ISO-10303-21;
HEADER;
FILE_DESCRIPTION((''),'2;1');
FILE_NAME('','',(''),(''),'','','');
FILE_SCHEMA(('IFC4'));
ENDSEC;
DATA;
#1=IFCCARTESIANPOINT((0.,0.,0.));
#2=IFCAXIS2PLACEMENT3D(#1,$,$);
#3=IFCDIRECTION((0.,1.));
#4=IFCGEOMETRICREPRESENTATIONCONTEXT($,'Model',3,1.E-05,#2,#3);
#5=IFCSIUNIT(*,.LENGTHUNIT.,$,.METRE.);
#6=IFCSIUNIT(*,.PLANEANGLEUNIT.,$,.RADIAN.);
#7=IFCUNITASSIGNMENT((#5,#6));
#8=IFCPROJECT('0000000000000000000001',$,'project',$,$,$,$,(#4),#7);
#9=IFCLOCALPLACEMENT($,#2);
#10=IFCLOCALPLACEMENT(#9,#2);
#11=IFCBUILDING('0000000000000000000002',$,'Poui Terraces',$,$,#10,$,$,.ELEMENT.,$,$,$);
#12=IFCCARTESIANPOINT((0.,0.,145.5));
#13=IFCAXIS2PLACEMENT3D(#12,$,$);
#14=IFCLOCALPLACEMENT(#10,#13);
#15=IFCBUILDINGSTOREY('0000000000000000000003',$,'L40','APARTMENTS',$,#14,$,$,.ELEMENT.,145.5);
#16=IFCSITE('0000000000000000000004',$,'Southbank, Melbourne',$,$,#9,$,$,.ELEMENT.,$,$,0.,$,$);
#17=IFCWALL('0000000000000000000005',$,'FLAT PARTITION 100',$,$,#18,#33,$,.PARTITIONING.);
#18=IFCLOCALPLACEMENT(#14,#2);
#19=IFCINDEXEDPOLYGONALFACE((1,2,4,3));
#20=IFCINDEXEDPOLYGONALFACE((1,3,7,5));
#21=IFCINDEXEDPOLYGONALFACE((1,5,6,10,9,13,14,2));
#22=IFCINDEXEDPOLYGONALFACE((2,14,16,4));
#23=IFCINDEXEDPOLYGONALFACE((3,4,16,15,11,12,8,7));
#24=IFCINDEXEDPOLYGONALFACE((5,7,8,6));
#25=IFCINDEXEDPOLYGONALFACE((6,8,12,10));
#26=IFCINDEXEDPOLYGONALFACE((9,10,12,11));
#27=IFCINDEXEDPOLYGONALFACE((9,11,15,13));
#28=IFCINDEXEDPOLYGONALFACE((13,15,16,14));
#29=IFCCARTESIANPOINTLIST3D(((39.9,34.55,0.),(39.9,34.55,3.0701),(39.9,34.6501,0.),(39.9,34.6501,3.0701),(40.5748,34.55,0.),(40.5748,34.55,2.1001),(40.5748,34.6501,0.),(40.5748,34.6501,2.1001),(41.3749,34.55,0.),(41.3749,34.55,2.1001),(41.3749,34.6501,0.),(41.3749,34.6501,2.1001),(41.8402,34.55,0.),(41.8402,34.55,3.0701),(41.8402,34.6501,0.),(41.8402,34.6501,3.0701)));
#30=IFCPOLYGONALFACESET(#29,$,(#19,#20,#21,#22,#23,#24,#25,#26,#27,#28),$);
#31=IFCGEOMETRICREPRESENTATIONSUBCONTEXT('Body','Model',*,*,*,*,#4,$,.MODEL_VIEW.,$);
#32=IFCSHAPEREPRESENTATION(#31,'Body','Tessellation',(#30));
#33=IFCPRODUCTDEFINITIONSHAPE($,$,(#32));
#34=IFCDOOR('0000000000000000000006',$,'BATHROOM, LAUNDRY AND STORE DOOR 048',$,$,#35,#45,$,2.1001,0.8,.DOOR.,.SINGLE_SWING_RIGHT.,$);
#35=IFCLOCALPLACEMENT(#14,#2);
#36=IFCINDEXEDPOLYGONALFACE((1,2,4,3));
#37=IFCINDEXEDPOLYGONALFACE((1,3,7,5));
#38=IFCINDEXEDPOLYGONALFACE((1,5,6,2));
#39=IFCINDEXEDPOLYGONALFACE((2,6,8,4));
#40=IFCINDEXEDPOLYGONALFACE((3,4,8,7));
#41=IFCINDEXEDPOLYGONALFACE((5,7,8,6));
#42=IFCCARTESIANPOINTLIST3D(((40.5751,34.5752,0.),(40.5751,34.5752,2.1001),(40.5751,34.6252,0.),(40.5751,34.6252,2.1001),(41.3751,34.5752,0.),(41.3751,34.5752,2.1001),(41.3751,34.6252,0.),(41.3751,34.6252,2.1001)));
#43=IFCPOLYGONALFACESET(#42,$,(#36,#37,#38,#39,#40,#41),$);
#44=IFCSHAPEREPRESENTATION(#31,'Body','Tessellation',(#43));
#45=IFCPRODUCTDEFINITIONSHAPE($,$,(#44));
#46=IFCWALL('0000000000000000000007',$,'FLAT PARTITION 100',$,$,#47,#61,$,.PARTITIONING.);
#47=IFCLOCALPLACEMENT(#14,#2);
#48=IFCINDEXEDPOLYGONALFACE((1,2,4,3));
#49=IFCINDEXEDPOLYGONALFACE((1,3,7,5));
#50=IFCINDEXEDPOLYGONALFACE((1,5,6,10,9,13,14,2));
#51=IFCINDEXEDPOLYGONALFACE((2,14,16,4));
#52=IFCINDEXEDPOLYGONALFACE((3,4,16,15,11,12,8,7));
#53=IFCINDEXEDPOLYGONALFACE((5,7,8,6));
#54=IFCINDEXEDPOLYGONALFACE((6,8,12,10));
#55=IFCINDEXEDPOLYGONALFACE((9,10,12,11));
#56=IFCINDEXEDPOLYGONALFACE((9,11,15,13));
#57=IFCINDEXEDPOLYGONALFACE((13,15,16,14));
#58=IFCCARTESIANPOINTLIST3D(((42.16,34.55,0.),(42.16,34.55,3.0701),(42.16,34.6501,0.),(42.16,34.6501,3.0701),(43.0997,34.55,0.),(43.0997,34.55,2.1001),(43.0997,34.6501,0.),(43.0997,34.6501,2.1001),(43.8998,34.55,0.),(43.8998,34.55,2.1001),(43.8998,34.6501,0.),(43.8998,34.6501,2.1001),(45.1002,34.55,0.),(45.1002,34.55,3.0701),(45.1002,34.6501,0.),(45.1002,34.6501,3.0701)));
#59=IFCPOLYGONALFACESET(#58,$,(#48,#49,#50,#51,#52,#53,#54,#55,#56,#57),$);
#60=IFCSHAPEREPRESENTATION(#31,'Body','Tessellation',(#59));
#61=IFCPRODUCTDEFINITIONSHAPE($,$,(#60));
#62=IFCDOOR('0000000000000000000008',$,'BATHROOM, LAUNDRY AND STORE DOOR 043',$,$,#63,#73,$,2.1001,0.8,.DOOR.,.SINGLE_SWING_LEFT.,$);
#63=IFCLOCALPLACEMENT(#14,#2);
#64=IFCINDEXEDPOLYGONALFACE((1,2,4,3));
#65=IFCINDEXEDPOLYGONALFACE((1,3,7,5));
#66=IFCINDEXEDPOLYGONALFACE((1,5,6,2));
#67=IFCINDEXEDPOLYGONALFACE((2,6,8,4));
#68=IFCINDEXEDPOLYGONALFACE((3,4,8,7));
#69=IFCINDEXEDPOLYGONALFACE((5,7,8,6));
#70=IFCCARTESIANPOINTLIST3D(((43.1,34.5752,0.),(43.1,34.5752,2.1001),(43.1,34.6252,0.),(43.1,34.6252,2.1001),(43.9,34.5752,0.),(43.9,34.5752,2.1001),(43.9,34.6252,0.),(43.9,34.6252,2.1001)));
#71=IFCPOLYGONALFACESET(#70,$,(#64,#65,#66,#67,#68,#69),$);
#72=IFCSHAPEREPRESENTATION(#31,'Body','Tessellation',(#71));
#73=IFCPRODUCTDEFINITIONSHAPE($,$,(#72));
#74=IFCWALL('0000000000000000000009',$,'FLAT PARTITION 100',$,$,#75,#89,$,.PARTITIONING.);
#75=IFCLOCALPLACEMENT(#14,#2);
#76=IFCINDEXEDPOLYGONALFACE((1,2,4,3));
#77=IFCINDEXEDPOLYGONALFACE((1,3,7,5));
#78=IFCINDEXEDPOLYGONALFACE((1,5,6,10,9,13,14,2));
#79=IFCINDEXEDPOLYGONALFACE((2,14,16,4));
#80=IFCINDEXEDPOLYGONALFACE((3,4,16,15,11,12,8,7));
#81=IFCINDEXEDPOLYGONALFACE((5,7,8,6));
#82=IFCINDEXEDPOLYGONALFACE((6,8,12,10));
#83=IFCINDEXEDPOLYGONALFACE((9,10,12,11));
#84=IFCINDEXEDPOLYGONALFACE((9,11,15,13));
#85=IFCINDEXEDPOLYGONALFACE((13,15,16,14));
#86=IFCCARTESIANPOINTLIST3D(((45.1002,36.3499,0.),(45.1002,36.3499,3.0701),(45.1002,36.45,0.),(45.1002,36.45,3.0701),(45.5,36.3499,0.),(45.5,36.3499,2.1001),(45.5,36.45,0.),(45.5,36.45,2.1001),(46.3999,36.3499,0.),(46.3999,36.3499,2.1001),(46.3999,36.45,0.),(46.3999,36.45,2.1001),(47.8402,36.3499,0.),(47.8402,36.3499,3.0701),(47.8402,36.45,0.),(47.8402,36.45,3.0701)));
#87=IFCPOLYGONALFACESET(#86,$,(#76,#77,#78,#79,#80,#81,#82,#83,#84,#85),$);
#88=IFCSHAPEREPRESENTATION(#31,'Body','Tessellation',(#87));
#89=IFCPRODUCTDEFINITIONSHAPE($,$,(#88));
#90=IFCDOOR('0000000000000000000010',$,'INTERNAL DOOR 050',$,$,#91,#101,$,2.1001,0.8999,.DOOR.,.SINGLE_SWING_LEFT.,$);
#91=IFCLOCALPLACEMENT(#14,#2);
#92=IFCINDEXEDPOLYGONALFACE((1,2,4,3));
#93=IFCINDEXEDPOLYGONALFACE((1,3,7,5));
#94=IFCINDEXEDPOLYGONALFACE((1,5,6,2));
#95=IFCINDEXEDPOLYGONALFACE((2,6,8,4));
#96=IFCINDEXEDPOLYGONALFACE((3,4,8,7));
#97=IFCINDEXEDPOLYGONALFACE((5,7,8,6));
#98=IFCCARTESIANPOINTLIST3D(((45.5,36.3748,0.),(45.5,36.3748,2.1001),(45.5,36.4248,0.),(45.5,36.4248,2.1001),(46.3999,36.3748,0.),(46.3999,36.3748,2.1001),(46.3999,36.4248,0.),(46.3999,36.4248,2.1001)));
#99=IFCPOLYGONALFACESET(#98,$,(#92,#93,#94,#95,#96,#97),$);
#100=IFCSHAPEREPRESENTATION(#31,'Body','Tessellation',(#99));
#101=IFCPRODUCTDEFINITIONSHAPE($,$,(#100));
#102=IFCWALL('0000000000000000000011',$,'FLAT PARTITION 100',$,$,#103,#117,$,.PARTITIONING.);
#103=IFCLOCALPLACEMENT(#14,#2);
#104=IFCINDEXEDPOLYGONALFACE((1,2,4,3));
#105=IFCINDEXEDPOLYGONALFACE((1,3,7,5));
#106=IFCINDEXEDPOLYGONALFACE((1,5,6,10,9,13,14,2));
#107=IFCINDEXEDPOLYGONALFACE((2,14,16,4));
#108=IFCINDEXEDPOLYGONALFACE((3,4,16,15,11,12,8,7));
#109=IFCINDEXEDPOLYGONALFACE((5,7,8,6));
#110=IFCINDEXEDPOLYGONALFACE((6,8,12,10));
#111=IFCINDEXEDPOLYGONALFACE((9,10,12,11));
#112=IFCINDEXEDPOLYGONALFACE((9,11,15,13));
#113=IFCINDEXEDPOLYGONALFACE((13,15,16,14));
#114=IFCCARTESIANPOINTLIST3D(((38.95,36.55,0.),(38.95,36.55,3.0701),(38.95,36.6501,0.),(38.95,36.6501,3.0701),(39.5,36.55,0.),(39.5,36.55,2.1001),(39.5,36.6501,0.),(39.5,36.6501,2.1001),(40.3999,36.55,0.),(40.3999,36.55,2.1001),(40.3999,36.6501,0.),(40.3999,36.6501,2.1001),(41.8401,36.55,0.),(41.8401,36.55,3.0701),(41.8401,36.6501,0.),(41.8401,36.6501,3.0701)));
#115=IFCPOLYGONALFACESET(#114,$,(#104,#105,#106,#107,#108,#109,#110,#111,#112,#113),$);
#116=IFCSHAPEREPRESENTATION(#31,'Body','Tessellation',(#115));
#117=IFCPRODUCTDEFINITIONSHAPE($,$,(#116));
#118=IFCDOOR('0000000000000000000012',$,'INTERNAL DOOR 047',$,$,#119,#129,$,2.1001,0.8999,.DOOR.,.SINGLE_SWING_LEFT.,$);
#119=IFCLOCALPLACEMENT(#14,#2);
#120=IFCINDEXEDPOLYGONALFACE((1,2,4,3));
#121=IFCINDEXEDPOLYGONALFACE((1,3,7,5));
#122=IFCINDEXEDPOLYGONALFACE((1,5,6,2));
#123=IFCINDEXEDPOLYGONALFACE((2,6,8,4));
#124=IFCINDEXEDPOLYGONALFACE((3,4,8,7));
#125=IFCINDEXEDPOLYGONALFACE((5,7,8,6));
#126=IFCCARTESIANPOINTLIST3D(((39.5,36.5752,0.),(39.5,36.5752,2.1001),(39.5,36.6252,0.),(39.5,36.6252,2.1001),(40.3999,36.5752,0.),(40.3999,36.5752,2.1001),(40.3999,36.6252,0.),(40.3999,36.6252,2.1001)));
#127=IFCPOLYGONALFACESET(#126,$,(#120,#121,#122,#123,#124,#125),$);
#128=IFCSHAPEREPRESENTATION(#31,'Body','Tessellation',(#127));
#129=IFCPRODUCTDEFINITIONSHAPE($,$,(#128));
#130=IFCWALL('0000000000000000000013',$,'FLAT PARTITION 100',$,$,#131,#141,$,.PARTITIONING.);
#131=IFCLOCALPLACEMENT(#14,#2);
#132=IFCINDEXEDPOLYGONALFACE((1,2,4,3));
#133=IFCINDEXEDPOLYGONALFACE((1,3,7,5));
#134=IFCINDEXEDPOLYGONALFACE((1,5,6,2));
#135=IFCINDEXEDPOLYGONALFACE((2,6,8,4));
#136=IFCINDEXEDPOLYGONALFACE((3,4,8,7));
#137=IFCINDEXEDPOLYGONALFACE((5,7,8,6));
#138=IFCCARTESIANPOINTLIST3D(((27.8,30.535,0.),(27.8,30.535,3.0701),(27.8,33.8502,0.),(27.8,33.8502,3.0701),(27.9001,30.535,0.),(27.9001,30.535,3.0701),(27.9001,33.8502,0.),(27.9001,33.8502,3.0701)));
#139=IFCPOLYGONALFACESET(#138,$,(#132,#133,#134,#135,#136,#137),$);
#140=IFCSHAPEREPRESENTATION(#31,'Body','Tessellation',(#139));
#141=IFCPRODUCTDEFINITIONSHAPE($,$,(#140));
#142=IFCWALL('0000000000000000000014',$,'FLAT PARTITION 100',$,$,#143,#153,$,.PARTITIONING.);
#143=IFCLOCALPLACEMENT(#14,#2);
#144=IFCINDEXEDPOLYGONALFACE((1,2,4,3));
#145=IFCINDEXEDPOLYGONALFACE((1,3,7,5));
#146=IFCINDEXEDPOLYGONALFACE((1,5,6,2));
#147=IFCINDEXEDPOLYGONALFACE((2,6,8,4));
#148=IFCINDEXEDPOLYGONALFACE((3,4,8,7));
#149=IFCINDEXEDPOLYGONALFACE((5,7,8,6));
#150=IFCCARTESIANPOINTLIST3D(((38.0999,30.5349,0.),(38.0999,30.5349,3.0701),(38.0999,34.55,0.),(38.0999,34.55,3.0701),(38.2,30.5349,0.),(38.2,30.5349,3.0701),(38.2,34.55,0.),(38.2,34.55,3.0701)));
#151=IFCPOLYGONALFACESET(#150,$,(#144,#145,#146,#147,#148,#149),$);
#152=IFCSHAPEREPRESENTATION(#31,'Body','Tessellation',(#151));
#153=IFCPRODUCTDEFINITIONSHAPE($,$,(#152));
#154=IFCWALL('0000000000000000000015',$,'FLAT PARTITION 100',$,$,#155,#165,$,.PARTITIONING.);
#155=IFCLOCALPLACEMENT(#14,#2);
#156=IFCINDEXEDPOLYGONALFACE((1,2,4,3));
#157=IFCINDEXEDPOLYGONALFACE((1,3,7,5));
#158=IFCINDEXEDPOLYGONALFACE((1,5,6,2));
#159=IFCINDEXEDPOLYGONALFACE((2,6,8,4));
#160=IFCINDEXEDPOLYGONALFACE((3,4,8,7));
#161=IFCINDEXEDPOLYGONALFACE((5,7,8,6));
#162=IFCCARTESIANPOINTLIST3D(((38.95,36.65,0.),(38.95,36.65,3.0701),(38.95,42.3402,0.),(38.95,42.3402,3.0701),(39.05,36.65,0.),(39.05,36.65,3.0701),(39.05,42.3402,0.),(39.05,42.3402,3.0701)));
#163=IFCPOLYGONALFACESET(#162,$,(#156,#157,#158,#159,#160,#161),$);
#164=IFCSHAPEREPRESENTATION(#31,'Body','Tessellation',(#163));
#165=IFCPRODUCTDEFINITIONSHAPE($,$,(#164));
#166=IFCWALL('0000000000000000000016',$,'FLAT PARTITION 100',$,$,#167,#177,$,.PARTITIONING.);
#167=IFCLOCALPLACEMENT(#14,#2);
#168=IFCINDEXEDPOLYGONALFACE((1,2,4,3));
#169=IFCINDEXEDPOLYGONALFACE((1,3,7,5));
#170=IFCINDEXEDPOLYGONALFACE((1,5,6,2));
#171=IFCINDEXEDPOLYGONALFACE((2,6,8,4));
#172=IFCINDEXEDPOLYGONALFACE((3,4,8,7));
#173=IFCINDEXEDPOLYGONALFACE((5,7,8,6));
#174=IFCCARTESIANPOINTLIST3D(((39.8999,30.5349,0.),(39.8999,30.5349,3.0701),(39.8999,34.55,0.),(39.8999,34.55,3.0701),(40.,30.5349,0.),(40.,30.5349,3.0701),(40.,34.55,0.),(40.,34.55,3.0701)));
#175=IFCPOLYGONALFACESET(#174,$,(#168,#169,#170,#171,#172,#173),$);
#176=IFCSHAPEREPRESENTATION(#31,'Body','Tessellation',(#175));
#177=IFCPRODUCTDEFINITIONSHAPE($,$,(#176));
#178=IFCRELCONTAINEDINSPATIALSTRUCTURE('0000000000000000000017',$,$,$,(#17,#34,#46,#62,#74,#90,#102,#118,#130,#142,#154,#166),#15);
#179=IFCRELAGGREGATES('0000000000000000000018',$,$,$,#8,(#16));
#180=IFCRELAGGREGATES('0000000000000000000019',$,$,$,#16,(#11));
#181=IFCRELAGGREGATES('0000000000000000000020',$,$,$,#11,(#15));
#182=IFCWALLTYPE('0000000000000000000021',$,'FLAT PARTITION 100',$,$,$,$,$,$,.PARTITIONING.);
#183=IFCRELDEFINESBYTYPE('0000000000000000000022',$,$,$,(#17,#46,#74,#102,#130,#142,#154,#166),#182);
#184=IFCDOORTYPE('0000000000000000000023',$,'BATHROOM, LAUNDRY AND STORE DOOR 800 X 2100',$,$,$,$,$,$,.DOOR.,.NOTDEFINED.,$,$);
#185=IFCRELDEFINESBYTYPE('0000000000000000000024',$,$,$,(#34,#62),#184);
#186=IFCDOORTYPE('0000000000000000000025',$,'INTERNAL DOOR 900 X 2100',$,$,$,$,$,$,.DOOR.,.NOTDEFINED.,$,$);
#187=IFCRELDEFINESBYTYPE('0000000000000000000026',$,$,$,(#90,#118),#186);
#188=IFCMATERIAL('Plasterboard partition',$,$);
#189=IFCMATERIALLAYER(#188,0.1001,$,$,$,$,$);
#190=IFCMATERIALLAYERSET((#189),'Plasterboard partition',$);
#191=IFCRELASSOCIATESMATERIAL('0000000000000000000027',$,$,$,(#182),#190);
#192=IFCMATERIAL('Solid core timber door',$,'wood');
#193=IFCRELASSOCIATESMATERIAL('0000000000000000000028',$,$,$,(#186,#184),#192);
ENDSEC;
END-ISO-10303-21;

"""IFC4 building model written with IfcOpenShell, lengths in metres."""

from ifc_helpers import new_model, si_unit, direction, frame, frame_2d, origin, place, context, subcontext, project, spatial, rectangle, extrude, material, layer, layer_set, type_object, element, fill, save


model = new_model("IFC4")

# Units and contexts
model_context = context("Model", 3, precision=1e-05, world=origin(), true_north=direction((0.0, 1.0)))
body_context = subcontext(model_context, "Body", "Model", "MODEL_VIEW")
ifc_project = project(units=[si_unit("LENGTHUNIT", "METRE"), si_unit("PLANEANGLEUNIT", "RADIAN")], contexts=[model_context])

# Site, building, storey
site_placement = place(None, origin())
site = spatial("IfcSite", under=ifc_project, at=site_placement, Name="Southbank, Melbourne", CompositionType="ELEMENT", RefElevation=0.0)
building_placement = place(site_placement, origin())
building = spatial("IfcBuilding", under=site, at=building_placement, Name="Poui Terraces", CompositionType="ELEMENT")
storey_placement = place(building_placement, frame((0.0, 0.0, 145.5)))
storey = spatial("IfcBuildingStorey", under=building, at=storey_placement, Name="L40", Description="APARTMENTS", CompositionType="ELEMENT", Elevation=145.5)

# Walls, openings, doors
ifc_material_1 = material(Name="Plasterboard partition")
ifc_layer_1 = layer(ifc_material_1, 0.1001)
ifc_layer_set_1 = layer_set([ifc_layer_1], Name="Plasterboard partition")
wall_type_1 = type_object("IfcWallType", Name="FLAT PARTITION 100", PredefinedType="PARTITIONING", material=ifc_layer_set_1)
ifc_material_2 = material(Name="Solid core timber door", Category="wood")
door_type_1 = type_object("IfcDoorType", Name="INTERNAL DOOR 900 X 2100", OperationType="NOTDEFINED", PredefinedType="DOOR", material=ifc_material_2)
door_type_2 = type_object("IfcDoorType", Name="BATHROOM, LAUNDRY AND STORE DOOR 800 X 2100", OperationType="NOTDEFINED", PredefinedType="DOOR", material=ifc_material_2)
wall_1_placement = place(storey_placement, frame((39.8999, 34.6001, 0.0), z_axis=(0.0, 0.0, 1.0), x_axis=(1.0, 0.0, 0.0)))
wall_1 = element("IfcWall", 1, at=wall_1_placement, inside=storey, type_object=wall_type_1, Name="FLAT PARTITION 100", PredefinedType="PARTITIONING", context=body_context, shape_type="SweptSolid", body=[
    extrude(rectangle(XDim=1.9402, YDim=0.1001, at=frame_2d((0.9702, 0.0))), origin(), (0.0, 0.0, 1.0), 3.0701),
])
opening_1_placement = place(wall_1_placement, frame((0.675, 0.0, 0.0)))
opening_1 = element("IfcOpeningElement", 2, at=opening_1_placement, cuts=wall_1, PredefinedType="OPENING", context=body_context, shape_type="SweptSolid", body=[
    extrude(rectangle(XDim=0.8, YDim=2.1001, at=frame_2d((0.3999, 1.05))), frame((0.0, 0.0601, 0.0), z_axis=(0.0, -1.0, 0.0), x_axis=(1.0, 0.0, 0.0)), (0.0, 0.0, 1.0), 0.1201),
])
door_1_placement = place(opening_1_placement, frame((0.8, 0.0, 0.0), z_axis=(0.0, 0.0, 1.0), x_axis=(-1.0, 0.0, 0.0)))
door_1 = element("IfcDoor", 3, at=door_1_placement, inside=storey, type_object=door_type_2, Name="BATHROOM, LAUNDRY AND STORE DOOR 048", OperationType="SINGLE_SWING_RIGHT", OverallHeight=2.1001, OverallWidth=0.8, PredefinedType="DOOR", context=body_context, shape_type="SweptSolid", body=[
    extrude(rectangle(XDim=0.8, YDim=2.1001, at=frame_2d((0.3999, 1.05))), frame((0.0, 0.0249, 0.0), z_axis=(0.0, -1.0, 0.0), x_axis=(1.0, 0.0, 0.0)), (0.0, 0.0, 1.0), 0.05),
])
fill(opening_1, door_1)
wall_2_placement = place(storey_placement, frame((42.1599, 34.6001, 0.0), z_axis=(0.0, 0.0, 1.0), x_axis=(1.0, 0.0, 0.0)))
wall_2 = element("IfcWall", 4, at=wall_2_placement, inside=storey, type_object=wall_type_1, Name="FLAT PARTITION 100", PredefinedType="PARTITIONING", context=body_context, shape_type="SweptSolid", body=[
    extrude(rectangle(XDim=2.9402, YDim=0.1001, at=frame_2d((1.4702, 0.0))), origin(), (0.0, 0.0, 1.0), 3.0701),
])
opening_2_placement = place(wall_2_placement, frame((0.9399, 0.0, 0.0)))
opening_2 = element("IfcOpeningElement", 5, at=opening_2_placement, cuts=wall_2, PredefinedType="OPENING", context=body_context, shape_type="SweptSolid", body=[
    extrude(rectangle(XDim=0.8, YDim=2.1001, at=frame_2d((0.3999, 1.05))), frame((0.0, 0.0601, 0.0), z_axis=(0.0, -1.0, 0.0), x_axis=(1.0, 0.0, 0.0)), (0.0, 0.0, 1.0), 0.1201),
])
door_2_placement = place(opening_2_placement, frame((0.8, 0.0, 0.0), z_axis=(0.0, 0.0, 1.0), x_axis=(-1.0, 0.0, 0.0)))
door_2 = element("IfcDoor", 6, at=door_2_placement, inside=storey, type_object=door_type_2, Name="BATHROOM, LAUNDRY AND STORE DOOR 043", OperationType="SINGLE_SWING_LEFT", OverallHeight=2.1001, OverallWidth=0.8, PredefinedType="DOOR", context=body_context, shape_type="SweptSolid", body=[
    extrude(rectangle(XDim=0.8, YDim=2.1001, at=frame_2d((0.3999, 1.05))), frame((0.0, 0.0249, 0.0), z_axis=(0.0, -1.0, 0.0), x_axis=(1.0, 0.0, 0.0)), (0.0, 0.0, 1.0), 0.05),
])
fill(opening_2, door_2)
wall_3_placement = place(storey_placement, frame((45.1001, 36.3999, 0.0), z_axis=(0.0, 0.0, 1.0), x_axis=(1.0, 0.0, 0.0)))
wall_3 = element("IfcWall", 7, at=wall_3_placement, inside=storey, type_object=wall_type_1, Name="FLAT PARTITION 100", PredefinedType="PARTITIONING", context=body_context, shape_type="SweptSolid", body=[
    extrude(rectangle(XDim=2.74, YDim=0.1001, at=frame_2d((1.3701, 0.0))), origin(), (0.0, 0.0, 1.0), 3.0701),
])
opening_3_placement = place(wall_3_placement, frame((0.3999, 0.0, 0.0)))
opening_3 = element("IfcOpeningElement", 8, at=opening_3_placement, cuts=wall_3, PredefinedType="OPENING", context=body_context, shape_type="SweptSolid", body=[
    extrude(rectangle(XDim=0.8999, YDim=2.1001, at=frame_2d((0.45, 1.05))), frame((0.0, 0.0601, 0.0), z_axis=(0.0, -1.0, 0.0), x_axis=(1.0, 0.0, 0.0)), (0.0, 0.0, 1.0), 0.1201),
])
door_3_placement = place(opening_3_placement, origin())
door_3 = element("IfcDoor", 9, at=door_3_placement, inside=storey, type_object=door_type_1, Name="INTERNAL DOOR 050", OperationType="SINGLE_SWING_LEFT", OverallHeight=2.1001, OverallWidth=0.8999, PredefinedType="DOOR", context=body_context, shape_type="SweptSolid", body=[
    extrude(rectangle(XDim=0.8999, YDim=2.1001, at=frame_2d((0.45, 1.05))), frame((0.0, 0.0249, 0.0), z_axis=(0.0, -1.0, 0.0), x_axis=(1.0, 0.0, 0.0)), (0.0, 0.0, 1.0), 0.05),
])
fill(opening_3, door_3)
wall_4_placement = place(storey_placement, frame((38.95, 36.6001, 0.0), z_axis=(0.0, 0.0, 1.0), x_axis=(1.0, 0.0, 0.0)))
wall_4 = element("IfcWall", 10, at=wall_4_placement, inside=storey, type_object=wall_type_1, Name="FLAT PARTITION 100", PredefinedType="PARTITIONING", context=body_context, shape_type="SweptSolid", body=[
    extrude(rectangle(XDim=2.8901, YDim=0.1001, at=frame_2d((1.4451, 0.0))), origin(), (0.0, 0.0, 1.0), 3.0701),
])
opening_4_placement = place(wall_4_placement, frame((0.55, 0.0, 0.0)))
opening_4 = element("IfcOpeningElement", 11, at=opening_4_placement, cuts=wall_4, PredefinedType="OPENING", context=body_context, shape_type="SweptSolid", body=[
    extrude(rectangle(XDim=0.8999, YDim=2.1001, at=frame_2d((0.45, 1.05))), frame((0.0, 0.0601, 0.0), z_axis=(0.0, -1.0, 0.0), x_axis=(1.0, 0.0, 0.0)), (0.0, 0.0, 1.0), 0.1201),
])
door_4_placement = place(opening_4_placement, frame((0.8999, 0.0, 0.0), z_axis=(0.0, 0.0, 1.0), x_axis=(-1.0, 0.0, 0.0)))
door_4 = element("IfcDoor", 12, at=door_4_placement, inside=storey, type_object=door_type_1, Name="INTERNAL DOOR 047", OperationType="SINGLE_SWING_LEFT", OverallHeight=2.1001, OverallWidth=0.8999, PredefinedType="DOOR", context=body_context, shape_type="SweptSolid", body=[
    extrude(rectangle(XDim=0.8999, YDim=2.1001, at=frame_2d((0.45, 1.05))), frame((0.0, 0.0249, 0.0), z_axis=(0.0, -1.0, 0.0), x_axis=(1.0, 0.0, 0.0)), (0.0, 0.0, 1.0), 0.05),
])
fill(opening_4, door_4)

# Walls
wall_5_placement = place(storey_placement, frame((27.8501, 30.5349, 0.0), z_axis=(0.0, 0.0, 1.0), x_axis=(0.0, 1.0, 0.0)))
element("IfcWall", 13, at=wall_5_placement, inside=storey, type_object=wall_type_1, Name="FLAT PARTITION 100", PredefinedType="PARTITIONING", context=body_context, shape_type="SweptSolid", body=[
    extrude(rectangle(XDim=3.3152, YDim=0.1001, at=frame_2d((1.6577, 0.0))), origin(), (0.0, 0.0, 1.0), 3.0701),
])
wall_6_placement = place(storey_placement, frame((38.1499, 30.5349, 0.0), z_axis=(0.0, 0.0, 1.0), x_axis=(0.0, 1.0, 0.0)))
element("IfcWall", 14, at=wall_6_placement, inside=storey, type_object=wall_type_1, Name="FLAT PARTITION 100", PredefinedType="PARTITIONING", context=body_context, shape_type="SweptSolid", body=[
    extrude(rectangle(XDim=4.0151, YDim=0.1001, at=frame_2d((2.0076, 0.0))), origin(), (0.0, 0.0, 1.0), 3.0701),
])
wall_7_placement = place(storey_placement, frame((39.0, 36.6499, 0.0), z_axis=(0.0, 0.0, 1.0), x_axis=(0.0, 1.0, 0.0)))
element("IfcWall", 15, at=wall_7_placement, inside=storey, type_object=wall_type_1, Name="FLAT PARTITION 100", PredefinedType="PARTITIONING", context=body_context, shape_type="SweptSolid", body=[
    extrude(rectangle(XDim=5.6902, YDim=0.1001, at=frame_2d((2.8452, 0.0))), origin(), (0.0, 0.0, 1.0), 3.0701),
])
wall_8_placement = place(storey_placement, frame((39.95, 30.5349, 0.0), z_axis=(0.0, 0.0, 1.0), x_axis=(0.0, 1.0, 0.0)))
element("IfcWall", 16, at=wall_8_placement, inside=storey, type_object=wall_type_1, Name="FLAT PARTITION 100", PredefinedType="PARTITIONING", context=body_context, shape_type="SweptSolid", body=[
    extrude(rectangle(XDim=4.0151, YDim=0.1001, at=frame_2d((2.0076, 0.0))), origin(), (0.0, 0.0, 1.0), 3.0701),
])

save(model, "model.ifc")
